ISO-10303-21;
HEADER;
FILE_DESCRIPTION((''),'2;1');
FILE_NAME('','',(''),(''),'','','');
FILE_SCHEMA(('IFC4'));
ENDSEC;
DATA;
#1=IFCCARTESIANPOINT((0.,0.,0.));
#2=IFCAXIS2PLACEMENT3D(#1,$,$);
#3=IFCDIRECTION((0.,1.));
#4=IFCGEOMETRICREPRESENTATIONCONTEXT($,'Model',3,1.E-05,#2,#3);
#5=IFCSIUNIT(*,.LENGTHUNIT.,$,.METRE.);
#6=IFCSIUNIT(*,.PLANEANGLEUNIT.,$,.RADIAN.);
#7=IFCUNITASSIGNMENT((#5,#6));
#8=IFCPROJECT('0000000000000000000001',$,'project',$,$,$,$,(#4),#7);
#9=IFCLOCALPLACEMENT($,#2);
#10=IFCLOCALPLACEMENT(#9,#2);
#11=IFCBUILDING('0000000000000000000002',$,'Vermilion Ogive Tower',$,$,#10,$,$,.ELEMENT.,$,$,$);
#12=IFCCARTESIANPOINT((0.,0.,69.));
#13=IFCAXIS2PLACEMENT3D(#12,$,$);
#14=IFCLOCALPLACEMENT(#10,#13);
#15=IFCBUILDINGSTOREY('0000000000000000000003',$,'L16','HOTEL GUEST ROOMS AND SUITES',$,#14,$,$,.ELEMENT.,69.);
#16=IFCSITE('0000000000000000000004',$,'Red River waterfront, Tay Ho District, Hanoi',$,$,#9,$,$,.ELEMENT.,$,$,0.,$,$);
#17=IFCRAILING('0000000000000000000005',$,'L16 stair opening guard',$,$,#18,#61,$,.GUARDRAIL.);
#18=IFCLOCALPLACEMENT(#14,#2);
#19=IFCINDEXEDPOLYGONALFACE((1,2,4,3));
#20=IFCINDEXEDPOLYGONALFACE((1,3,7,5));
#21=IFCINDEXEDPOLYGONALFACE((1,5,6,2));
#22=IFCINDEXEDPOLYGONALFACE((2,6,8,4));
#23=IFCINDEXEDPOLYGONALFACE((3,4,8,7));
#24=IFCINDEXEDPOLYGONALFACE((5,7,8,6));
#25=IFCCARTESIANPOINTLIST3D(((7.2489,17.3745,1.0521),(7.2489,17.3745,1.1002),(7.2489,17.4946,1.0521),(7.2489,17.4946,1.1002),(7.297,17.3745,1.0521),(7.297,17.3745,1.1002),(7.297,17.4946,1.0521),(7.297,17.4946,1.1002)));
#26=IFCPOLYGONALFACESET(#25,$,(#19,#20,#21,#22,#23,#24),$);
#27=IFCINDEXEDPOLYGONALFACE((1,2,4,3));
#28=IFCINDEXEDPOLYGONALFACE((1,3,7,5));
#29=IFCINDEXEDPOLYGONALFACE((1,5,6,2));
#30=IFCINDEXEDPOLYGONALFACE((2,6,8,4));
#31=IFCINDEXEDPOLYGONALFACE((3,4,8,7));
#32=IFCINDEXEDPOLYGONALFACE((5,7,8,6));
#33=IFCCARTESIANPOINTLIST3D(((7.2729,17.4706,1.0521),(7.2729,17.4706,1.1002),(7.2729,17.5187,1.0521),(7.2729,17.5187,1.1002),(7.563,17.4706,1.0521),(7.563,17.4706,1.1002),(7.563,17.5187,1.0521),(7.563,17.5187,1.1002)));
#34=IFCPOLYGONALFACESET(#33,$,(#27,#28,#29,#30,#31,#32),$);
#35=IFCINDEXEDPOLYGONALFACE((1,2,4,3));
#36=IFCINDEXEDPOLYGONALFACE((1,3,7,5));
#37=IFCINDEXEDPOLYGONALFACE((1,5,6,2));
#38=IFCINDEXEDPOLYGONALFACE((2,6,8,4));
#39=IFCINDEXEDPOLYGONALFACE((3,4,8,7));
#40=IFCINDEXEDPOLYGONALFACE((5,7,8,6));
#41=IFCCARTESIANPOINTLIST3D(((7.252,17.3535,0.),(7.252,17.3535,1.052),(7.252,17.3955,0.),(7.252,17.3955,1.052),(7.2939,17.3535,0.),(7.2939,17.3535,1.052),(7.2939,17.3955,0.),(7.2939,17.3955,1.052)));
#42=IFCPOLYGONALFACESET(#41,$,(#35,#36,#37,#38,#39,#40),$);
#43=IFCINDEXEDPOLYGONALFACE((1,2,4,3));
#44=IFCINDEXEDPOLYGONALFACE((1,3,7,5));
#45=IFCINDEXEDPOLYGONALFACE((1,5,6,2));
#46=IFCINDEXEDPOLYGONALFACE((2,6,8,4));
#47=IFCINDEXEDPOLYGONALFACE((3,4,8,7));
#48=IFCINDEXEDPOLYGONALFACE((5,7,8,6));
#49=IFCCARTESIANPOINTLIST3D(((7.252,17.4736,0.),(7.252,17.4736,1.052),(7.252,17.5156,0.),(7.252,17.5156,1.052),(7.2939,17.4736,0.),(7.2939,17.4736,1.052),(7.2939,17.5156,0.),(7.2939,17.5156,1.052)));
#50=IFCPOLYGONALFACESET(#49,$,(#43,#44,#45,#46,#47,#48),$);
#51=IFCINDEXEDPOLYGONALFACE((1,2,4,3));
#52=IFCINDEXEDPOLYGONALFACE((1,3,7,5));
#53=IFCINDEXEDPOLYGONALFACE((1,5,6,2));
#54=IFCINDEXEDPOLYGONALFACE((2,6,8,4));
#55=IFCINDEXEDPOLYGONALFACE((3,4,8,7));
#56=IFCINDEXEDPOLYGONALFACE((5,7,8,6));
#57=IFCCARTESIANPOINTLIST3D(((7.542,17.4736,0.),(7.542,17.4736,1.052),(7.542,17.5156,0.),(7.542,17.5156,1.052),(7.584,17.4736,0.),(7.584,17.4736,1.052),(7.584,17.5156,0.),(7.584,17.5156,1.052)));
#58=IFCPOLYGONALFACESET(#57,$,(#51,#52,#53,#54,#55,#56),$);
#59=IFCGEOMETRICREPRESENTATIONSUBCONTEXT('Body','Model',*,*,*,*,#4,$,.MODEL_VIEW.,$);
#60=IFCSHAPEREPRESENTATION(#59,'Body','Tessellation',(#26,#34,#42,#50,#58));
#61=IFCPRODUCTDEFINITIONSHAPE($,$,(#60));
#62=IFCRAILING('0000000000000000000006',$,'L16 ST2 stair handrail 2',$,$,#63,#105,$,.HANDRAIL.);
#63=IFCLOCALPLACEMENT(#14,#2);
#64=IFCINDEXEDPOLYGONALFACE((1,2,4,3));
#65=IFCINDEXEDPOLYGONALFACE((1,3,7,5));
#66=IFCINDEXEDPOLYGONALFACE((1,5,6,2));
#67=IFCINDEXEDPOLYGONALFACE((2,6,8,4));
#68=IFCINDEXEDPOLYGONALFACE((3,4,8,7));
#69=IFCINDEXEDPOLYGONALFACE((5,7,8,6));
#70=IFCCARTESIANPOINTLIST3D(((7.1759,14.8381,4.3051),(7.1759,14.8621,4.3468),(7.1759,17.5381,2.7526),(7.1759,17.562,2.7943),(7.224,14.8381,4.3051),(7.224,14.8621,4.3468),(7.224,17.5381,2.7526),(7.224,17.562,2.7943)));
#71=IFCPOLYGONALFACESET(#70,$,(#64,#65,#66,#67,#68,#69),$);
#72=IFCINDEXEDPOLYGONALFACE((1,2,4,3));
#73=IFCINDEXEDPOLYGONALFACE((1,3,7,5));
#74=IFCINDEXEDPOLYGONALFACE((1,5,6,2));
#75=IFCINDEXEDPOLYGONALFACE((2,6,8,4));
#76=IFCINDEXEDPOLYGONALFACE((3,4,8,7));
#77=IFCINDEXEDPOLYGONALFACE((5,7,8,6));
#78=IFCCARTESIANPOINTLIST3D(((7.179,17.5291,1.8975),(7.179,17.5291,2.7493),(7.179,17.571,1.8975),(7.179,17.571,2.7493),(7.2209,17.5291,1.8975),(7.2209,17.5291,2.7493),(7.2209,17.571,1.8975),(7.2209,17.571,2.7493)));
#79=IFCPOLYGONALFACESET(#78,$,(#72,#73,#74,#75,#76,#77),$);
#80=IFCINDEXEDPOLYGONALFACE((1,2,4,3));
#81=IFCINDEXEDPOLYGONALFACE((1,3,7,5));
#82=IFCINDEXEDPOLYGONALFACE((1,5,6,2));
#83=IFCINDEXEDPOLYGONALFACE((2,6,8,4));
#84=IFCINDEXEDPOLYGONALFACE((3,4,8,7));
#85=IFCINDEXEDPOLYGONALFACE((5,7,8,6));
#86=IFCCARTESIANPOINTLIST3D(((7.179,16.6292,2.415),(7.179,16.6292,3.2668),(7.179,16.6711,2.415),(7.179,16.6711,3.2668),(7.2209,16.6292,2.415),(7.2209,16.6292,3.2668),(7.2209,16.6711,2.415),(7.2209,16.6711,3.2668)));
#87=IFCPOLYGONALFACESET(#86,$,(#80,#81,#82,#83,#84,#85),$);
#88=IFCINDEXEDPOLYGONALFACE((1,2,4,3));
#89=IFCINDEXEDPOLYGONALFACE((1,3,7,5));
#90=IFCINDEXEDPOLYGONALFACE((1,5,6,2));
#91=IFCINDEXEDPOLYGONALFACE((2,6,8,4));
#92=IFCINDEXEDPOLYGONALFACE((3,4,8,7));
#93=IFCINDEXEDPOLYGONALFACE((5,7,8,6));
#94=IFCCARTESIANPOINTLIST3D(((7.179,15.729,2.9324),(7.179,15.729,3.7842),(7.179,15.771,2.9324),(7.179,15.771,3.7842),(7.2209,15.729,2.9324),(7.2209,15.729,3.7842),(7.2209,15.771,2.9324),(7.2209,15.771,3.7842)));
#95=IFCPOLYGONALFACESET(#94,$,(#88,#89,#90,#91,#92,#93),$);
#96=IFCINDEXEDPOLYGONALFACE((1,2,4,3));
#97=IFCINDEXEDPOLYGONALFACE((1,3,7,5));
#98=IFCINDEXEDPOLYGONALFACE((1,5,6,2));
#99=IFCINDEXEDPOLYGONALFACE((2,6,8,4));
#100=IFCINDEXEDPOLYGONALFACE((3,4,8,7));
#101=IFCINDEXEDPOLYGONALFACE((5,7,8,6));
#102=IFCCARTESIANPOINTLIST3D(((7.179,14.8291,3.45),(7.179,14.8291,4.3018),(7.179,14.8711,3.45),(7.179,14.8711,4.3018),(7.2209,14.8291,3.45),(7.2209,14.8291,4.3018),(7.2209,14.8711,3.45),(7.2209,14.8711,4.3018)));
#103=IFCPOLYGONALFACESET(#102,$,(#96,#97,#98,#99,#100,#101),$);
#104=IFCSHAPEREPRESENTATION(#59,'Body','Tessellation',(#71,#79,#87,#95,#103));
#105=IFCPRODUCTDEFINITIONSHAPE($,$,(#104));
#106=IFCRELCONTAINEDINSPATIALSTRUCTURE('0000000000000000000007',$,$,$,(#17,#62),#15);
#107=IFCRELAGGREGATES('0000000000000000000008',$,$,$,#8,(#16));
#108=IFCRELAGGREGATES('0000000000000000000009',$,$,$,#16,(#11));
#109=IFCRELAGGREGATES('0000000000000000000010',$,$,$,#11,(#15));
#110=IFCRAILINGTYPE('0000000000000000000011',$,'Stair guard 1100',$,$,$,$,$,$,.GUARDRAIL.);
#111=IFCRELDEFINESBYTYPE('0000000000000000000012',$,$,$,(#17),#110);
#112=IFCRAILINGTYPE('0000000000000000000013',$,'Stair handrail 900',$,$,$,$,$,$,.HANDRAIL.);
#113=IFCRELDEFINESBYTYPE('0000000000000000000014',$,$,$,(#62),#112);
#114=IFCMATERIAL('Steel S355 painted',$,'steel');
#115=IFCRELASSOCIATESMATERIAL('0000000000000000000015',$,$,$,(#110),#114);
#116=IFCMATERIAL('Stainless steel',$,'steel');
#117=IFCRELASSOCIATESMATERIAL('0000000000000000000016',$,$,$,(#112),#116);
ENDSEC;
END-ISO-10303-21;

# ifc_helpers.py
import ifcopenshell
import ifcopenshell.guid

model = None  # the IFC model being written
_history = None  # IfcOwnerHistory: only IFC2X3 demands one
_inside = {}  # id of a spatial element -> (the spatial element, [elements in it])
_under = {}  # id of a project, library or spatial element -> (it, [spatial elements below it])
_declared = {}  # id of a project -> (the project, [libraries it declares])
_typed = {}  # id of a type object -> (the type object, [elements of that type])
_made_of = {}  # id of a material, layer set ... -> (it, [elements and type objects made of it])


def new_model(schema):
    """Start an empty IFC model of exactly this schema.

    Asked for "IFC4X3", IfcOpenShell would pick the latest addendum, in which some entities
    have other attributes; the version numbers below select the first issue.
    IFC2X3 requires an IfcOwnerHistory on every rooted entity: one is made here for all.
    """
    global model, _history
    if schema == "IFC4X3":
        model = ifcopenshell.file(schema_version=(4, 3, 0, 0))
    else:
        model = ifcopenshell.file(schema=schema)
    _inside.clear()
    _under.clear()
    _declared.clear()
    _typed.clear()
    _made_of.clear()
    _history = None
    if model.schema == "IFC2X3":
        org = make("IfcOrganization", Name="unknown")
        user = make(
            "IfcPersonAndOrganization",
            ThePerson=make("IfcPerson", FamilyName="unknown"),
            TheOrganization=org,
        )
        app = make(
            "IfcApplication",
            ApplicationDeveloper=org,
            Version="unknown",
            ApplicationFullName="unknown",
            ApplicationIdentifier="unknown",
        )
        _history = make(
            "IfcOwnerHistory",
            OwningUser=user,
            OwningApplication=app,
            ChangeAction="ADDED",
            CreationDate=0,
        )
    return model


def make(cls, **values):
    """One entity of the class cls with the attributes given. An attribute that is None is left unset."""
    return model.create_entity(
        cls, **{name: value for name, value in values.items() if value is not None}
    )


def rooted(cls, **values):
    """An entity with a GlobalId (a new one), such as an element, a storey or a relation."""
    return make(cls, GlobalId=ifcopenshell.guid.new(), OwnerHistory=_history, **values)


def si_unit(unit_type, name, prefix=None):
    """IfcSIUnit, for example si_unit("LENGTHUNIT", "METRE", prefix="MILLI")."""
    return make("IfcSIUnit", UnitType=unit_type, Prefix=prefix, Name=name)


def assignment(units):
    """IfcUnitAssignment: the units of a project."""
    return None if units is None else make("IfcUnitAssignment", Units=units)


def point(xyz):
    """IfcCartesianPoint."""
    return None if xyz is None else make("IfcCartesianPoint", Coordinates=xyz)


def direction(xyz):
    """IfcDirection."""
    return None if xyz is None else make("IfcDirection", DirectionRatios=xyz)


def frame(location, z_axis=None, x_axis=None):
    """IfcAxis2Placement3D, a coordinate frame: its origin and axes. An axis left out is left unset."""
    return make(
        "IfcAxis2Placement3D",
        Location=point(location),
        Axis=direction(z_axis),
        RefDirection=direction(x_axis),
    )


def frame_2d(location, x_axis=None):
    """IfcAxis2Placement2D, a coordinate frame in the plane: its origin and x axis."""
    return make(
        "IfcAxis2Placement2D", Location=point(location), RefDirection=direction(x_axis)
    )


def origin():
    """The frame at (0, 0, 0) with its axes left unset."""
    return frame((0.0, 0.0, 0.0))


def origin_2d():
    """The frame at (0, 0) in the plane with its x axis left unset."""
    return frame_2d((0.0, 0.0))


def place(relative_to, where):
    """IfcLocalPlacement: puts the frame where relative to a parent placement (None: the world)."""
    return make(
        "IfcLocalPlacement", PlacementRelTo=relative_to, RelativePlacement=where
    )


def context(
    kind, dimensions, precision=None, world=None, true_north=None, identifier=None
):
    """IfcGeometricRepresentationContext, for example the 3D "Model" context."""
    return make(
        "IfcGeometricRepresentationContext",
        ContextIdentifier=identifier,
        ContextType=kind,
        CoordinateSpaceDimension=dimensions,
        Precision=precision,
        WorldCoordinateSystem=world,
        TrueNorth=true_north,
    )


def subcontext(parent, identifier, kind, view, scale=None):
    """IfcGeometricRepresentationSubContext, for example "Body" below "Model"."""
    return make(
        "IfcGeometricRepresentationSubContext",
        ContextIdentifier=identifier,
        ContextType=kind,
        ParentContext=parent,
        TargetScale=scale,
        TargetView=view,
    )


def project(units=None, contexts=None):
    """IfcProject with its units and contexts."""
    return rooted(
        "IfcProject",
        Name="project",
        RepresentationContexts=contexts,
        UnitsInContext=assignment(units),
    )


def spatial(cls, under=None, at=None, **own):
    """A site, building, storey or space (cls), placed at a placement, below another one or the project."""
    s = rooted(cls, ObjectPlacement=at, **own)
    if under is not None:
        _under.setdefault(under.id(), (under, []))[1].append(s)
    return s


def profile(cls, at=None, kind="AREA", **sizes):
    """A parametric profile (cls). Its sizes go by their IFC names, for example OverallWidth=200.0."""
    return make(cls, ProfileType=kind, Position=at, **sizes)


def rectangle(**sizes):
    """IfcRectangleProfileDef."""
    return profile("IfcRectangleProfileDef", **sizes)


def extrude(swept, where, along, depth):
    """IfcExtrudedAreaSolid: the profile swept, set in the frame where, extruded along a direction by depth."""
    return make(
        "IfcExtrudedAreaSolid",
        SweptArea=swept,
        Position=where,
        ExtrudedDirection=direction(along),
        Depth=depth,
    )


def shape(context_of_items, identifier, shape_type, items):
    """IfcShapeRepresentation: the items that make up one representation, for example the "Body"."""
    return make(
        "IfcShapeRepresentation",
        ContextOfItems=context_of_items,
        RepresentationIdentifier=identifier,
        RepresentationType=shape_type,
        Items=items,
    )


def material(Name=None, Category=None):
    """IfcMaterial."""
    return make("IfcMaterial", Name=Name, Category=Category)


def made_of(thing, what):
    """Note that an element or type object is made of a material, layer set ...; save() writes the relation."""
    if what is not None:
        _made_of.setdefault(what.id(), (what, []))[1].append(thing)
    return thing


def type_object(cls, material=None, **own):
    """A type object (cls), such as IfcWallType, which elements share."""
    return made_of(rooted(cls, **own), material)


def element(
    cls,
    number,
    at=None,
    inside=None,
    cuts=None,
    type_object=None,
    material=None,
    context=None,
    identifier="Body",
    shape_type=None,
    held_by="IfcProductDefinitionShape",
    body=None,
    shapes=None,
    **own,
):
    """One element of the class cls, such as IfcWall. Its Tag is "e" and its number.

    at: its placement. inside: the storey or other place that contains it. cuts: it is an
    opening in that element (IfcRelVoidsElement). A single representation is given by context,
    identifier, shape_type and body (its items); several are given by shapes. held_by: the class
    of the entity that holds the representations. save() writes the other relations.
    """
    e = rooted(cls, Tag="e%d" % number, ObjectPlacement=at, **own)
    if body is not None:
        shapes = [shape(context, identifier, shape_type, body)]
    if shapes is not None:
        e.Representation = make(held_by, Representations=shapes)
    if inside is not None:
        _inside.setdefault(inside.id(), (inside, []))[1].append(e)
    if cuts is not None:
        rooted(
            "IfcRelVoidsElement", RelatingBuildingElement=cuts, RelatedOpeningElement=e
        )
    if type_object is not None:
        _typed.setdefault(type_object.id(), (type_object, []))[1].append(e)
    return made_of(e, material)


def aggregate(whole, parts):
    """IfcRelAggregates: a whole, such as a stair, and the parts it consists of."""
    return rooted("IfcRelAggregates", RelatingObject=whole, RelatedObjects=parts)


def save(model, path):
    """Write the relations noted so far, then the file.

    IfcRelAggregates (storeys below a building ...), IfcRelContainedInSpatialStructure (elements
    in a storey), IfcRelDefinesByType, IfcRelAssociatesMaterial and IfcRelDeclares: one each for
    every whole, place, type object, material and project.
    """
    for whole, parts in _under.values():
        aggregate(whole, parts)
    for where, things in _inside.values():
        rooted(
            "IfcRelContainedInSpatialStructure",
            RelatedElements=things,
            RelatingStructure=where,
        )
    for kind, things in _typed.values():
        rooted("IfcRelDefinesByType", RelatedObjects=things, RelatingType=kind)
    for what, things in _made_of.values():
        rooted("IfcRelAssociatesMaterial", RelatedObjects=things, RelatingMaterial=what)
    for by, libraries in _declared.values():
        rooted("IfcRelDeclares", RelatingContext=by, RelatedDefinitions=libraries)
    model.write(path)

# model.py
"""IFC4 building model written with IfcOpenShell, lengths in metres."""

from ifc_helpers import new_model, si_unit, direction, frame, origin, origin_2d, place, context, subcontext, project, spatial, rectangle, extrude, material, type_object, element, save


model = new_model("IFC4")

# Units and contexts
model_context = context("Model", 3, precision=1e-05, world=origin(), true_north=direction((0.0, 1.0)))
body_context = subcontext(model_context, "Body", "Model", "MODEL_VIEW")
ifc_project = project(units=[si_unit("LENGTHUNIT", "METRE"), si_unit("PLANEANGLEUNIT", "RADIAN")], contexts=[model_context])

# Site, building, storey
site_placement = place(None, origin())
site = spatial("IfcSite", under=ifc_project, at=site_placement, Name="Red River waterfront, Tay Ho District, Hanoi", CompositionType="ELEMENT", RefElevation=0.0)
building_placement = place(site_placement, origin())
building = spatial("IfcBuilding", under=site, at=building_placement, Name="Vermilion Ogive Tower", CompositionType="ELEMENT")
storey_placement = place(building_placement, frame((0.0, 0.0, 69.0)))
storey = spatial("IfcBuildingStorey", under=building, at=storey_placement, Name="L16", Description="HOTEL GUEST ROOMS AND SUITES", CompositionType="ELEMENT", Elevation=69.0)

# Railings
ifc_material_1 = material(Name="Steel S355 painted", Category="steel")
railing_type_1 = type_object("IfcRailingType", Name="Stair guard 1100", PredefinedType="GUARDRAIL", material=ifc_material_1)
railing_1_placement = place(storey_placement, frame((7.2729, 17.3745, 0.0)))
element("IfcRailing", 1, at=railing_1_placement, inside=storey, type_object=railing_type_1, Name="L16 stair opening guard", PredefinedType="GUARDRAIL", context=body_context, shape_type="SweptSolid", body=[
    extrude(rectangle(XDim=0.0481, YDim=0.0481, at=origin_2d()), frame((0.0, 0.0, 1.0762), z_axis=(0.0, 1.0, 0.0), x_axis=(-1.0, 0.0, 0.0)), (0.0, 0.0, 1.0), 0.1201),
    extrude(rectangle(XDim=0.0481, YDim=0.0481, at=origin_2d()), frame((0.0, 0.1201, 1.0762), z_axis=(1.0, 0.0, 0.0), x_axis=(0.0, 1.0, 0.0)), (0.0, 0.0, 1.0), 0.29),
    extrude(rectangle(XDim=0.042, YDim=0.042, at=origin_2d()), origin(), (0.0, 0.0, 1.0), 1.052),
    extrude(rectangle(XDim=0.042, YDim=0.042, at=origin_2d()), frame((0.0, 0.1201, 0.0)), (0.0, 0.0, 1.0), 1.052),
    extrude(rectangle(XDim=0.042, YDim=0.042, at=origin_2d()), frame((0.29, 0.1201, 0.0)), (0.0, 0.0, 1.0), 1.052),
])
ifc_material_2 = material(Name="Stainless steel", Category="steel")
railing_type_2 = type_object("IfcRailingType", Name="Stair handrail 900", PredefinedType="HANDRAIL", material=ifc_material_2)
railing_2_placement = place(storey_placement, frame((7.2, 17.55, 1.8975)))
element("IfcRailing", 2, at=railing_2_placement, inside=storey, type_object=railing_type_2, Name="L16 ST2 stair handrail 2", PredefinedType="HANDRAIL", context=body_context, shape_type="SweptSolid", body=[
    extrude(rectangle(XDim=0.0481, YDim=0.0481, at=origin_2d()), frame((0.0, 0.0, 0.876), z_axis=(0.0, -0.866904, 0.498476), x_axis=(1.0, 0.0, 0.0)), (0.0, 0.0, 1.0), 3.1145),
    extrude(rectangle(XDim=0.042, YDim=0.042, at=origin_2d()), origin(), (0.0, 0.0, 1.0), 0.8518),
    extrude(rectangle(XDim=0.042, YDim=0.042, at=origin_2d()), frame((0.0, -0.8999, 0.5176)), (0.0, 0.0, 1.0), 0.8518),
    extrude(rectangle(XDim=0.042, YDim=0.042, at=origin_2d()), frame((0.0, -1.8, 1.0349)), (0.0, 0.0, 1.0), 0.8518),
    extrude(rectangle(XDim=0.042, YDim=0.042, at=origin_2d()), frame((0.0, -2.7, 1.5525)), (0.0, 0.0, 1.0), 0.8518),
])

save(model, "model.ifc")
